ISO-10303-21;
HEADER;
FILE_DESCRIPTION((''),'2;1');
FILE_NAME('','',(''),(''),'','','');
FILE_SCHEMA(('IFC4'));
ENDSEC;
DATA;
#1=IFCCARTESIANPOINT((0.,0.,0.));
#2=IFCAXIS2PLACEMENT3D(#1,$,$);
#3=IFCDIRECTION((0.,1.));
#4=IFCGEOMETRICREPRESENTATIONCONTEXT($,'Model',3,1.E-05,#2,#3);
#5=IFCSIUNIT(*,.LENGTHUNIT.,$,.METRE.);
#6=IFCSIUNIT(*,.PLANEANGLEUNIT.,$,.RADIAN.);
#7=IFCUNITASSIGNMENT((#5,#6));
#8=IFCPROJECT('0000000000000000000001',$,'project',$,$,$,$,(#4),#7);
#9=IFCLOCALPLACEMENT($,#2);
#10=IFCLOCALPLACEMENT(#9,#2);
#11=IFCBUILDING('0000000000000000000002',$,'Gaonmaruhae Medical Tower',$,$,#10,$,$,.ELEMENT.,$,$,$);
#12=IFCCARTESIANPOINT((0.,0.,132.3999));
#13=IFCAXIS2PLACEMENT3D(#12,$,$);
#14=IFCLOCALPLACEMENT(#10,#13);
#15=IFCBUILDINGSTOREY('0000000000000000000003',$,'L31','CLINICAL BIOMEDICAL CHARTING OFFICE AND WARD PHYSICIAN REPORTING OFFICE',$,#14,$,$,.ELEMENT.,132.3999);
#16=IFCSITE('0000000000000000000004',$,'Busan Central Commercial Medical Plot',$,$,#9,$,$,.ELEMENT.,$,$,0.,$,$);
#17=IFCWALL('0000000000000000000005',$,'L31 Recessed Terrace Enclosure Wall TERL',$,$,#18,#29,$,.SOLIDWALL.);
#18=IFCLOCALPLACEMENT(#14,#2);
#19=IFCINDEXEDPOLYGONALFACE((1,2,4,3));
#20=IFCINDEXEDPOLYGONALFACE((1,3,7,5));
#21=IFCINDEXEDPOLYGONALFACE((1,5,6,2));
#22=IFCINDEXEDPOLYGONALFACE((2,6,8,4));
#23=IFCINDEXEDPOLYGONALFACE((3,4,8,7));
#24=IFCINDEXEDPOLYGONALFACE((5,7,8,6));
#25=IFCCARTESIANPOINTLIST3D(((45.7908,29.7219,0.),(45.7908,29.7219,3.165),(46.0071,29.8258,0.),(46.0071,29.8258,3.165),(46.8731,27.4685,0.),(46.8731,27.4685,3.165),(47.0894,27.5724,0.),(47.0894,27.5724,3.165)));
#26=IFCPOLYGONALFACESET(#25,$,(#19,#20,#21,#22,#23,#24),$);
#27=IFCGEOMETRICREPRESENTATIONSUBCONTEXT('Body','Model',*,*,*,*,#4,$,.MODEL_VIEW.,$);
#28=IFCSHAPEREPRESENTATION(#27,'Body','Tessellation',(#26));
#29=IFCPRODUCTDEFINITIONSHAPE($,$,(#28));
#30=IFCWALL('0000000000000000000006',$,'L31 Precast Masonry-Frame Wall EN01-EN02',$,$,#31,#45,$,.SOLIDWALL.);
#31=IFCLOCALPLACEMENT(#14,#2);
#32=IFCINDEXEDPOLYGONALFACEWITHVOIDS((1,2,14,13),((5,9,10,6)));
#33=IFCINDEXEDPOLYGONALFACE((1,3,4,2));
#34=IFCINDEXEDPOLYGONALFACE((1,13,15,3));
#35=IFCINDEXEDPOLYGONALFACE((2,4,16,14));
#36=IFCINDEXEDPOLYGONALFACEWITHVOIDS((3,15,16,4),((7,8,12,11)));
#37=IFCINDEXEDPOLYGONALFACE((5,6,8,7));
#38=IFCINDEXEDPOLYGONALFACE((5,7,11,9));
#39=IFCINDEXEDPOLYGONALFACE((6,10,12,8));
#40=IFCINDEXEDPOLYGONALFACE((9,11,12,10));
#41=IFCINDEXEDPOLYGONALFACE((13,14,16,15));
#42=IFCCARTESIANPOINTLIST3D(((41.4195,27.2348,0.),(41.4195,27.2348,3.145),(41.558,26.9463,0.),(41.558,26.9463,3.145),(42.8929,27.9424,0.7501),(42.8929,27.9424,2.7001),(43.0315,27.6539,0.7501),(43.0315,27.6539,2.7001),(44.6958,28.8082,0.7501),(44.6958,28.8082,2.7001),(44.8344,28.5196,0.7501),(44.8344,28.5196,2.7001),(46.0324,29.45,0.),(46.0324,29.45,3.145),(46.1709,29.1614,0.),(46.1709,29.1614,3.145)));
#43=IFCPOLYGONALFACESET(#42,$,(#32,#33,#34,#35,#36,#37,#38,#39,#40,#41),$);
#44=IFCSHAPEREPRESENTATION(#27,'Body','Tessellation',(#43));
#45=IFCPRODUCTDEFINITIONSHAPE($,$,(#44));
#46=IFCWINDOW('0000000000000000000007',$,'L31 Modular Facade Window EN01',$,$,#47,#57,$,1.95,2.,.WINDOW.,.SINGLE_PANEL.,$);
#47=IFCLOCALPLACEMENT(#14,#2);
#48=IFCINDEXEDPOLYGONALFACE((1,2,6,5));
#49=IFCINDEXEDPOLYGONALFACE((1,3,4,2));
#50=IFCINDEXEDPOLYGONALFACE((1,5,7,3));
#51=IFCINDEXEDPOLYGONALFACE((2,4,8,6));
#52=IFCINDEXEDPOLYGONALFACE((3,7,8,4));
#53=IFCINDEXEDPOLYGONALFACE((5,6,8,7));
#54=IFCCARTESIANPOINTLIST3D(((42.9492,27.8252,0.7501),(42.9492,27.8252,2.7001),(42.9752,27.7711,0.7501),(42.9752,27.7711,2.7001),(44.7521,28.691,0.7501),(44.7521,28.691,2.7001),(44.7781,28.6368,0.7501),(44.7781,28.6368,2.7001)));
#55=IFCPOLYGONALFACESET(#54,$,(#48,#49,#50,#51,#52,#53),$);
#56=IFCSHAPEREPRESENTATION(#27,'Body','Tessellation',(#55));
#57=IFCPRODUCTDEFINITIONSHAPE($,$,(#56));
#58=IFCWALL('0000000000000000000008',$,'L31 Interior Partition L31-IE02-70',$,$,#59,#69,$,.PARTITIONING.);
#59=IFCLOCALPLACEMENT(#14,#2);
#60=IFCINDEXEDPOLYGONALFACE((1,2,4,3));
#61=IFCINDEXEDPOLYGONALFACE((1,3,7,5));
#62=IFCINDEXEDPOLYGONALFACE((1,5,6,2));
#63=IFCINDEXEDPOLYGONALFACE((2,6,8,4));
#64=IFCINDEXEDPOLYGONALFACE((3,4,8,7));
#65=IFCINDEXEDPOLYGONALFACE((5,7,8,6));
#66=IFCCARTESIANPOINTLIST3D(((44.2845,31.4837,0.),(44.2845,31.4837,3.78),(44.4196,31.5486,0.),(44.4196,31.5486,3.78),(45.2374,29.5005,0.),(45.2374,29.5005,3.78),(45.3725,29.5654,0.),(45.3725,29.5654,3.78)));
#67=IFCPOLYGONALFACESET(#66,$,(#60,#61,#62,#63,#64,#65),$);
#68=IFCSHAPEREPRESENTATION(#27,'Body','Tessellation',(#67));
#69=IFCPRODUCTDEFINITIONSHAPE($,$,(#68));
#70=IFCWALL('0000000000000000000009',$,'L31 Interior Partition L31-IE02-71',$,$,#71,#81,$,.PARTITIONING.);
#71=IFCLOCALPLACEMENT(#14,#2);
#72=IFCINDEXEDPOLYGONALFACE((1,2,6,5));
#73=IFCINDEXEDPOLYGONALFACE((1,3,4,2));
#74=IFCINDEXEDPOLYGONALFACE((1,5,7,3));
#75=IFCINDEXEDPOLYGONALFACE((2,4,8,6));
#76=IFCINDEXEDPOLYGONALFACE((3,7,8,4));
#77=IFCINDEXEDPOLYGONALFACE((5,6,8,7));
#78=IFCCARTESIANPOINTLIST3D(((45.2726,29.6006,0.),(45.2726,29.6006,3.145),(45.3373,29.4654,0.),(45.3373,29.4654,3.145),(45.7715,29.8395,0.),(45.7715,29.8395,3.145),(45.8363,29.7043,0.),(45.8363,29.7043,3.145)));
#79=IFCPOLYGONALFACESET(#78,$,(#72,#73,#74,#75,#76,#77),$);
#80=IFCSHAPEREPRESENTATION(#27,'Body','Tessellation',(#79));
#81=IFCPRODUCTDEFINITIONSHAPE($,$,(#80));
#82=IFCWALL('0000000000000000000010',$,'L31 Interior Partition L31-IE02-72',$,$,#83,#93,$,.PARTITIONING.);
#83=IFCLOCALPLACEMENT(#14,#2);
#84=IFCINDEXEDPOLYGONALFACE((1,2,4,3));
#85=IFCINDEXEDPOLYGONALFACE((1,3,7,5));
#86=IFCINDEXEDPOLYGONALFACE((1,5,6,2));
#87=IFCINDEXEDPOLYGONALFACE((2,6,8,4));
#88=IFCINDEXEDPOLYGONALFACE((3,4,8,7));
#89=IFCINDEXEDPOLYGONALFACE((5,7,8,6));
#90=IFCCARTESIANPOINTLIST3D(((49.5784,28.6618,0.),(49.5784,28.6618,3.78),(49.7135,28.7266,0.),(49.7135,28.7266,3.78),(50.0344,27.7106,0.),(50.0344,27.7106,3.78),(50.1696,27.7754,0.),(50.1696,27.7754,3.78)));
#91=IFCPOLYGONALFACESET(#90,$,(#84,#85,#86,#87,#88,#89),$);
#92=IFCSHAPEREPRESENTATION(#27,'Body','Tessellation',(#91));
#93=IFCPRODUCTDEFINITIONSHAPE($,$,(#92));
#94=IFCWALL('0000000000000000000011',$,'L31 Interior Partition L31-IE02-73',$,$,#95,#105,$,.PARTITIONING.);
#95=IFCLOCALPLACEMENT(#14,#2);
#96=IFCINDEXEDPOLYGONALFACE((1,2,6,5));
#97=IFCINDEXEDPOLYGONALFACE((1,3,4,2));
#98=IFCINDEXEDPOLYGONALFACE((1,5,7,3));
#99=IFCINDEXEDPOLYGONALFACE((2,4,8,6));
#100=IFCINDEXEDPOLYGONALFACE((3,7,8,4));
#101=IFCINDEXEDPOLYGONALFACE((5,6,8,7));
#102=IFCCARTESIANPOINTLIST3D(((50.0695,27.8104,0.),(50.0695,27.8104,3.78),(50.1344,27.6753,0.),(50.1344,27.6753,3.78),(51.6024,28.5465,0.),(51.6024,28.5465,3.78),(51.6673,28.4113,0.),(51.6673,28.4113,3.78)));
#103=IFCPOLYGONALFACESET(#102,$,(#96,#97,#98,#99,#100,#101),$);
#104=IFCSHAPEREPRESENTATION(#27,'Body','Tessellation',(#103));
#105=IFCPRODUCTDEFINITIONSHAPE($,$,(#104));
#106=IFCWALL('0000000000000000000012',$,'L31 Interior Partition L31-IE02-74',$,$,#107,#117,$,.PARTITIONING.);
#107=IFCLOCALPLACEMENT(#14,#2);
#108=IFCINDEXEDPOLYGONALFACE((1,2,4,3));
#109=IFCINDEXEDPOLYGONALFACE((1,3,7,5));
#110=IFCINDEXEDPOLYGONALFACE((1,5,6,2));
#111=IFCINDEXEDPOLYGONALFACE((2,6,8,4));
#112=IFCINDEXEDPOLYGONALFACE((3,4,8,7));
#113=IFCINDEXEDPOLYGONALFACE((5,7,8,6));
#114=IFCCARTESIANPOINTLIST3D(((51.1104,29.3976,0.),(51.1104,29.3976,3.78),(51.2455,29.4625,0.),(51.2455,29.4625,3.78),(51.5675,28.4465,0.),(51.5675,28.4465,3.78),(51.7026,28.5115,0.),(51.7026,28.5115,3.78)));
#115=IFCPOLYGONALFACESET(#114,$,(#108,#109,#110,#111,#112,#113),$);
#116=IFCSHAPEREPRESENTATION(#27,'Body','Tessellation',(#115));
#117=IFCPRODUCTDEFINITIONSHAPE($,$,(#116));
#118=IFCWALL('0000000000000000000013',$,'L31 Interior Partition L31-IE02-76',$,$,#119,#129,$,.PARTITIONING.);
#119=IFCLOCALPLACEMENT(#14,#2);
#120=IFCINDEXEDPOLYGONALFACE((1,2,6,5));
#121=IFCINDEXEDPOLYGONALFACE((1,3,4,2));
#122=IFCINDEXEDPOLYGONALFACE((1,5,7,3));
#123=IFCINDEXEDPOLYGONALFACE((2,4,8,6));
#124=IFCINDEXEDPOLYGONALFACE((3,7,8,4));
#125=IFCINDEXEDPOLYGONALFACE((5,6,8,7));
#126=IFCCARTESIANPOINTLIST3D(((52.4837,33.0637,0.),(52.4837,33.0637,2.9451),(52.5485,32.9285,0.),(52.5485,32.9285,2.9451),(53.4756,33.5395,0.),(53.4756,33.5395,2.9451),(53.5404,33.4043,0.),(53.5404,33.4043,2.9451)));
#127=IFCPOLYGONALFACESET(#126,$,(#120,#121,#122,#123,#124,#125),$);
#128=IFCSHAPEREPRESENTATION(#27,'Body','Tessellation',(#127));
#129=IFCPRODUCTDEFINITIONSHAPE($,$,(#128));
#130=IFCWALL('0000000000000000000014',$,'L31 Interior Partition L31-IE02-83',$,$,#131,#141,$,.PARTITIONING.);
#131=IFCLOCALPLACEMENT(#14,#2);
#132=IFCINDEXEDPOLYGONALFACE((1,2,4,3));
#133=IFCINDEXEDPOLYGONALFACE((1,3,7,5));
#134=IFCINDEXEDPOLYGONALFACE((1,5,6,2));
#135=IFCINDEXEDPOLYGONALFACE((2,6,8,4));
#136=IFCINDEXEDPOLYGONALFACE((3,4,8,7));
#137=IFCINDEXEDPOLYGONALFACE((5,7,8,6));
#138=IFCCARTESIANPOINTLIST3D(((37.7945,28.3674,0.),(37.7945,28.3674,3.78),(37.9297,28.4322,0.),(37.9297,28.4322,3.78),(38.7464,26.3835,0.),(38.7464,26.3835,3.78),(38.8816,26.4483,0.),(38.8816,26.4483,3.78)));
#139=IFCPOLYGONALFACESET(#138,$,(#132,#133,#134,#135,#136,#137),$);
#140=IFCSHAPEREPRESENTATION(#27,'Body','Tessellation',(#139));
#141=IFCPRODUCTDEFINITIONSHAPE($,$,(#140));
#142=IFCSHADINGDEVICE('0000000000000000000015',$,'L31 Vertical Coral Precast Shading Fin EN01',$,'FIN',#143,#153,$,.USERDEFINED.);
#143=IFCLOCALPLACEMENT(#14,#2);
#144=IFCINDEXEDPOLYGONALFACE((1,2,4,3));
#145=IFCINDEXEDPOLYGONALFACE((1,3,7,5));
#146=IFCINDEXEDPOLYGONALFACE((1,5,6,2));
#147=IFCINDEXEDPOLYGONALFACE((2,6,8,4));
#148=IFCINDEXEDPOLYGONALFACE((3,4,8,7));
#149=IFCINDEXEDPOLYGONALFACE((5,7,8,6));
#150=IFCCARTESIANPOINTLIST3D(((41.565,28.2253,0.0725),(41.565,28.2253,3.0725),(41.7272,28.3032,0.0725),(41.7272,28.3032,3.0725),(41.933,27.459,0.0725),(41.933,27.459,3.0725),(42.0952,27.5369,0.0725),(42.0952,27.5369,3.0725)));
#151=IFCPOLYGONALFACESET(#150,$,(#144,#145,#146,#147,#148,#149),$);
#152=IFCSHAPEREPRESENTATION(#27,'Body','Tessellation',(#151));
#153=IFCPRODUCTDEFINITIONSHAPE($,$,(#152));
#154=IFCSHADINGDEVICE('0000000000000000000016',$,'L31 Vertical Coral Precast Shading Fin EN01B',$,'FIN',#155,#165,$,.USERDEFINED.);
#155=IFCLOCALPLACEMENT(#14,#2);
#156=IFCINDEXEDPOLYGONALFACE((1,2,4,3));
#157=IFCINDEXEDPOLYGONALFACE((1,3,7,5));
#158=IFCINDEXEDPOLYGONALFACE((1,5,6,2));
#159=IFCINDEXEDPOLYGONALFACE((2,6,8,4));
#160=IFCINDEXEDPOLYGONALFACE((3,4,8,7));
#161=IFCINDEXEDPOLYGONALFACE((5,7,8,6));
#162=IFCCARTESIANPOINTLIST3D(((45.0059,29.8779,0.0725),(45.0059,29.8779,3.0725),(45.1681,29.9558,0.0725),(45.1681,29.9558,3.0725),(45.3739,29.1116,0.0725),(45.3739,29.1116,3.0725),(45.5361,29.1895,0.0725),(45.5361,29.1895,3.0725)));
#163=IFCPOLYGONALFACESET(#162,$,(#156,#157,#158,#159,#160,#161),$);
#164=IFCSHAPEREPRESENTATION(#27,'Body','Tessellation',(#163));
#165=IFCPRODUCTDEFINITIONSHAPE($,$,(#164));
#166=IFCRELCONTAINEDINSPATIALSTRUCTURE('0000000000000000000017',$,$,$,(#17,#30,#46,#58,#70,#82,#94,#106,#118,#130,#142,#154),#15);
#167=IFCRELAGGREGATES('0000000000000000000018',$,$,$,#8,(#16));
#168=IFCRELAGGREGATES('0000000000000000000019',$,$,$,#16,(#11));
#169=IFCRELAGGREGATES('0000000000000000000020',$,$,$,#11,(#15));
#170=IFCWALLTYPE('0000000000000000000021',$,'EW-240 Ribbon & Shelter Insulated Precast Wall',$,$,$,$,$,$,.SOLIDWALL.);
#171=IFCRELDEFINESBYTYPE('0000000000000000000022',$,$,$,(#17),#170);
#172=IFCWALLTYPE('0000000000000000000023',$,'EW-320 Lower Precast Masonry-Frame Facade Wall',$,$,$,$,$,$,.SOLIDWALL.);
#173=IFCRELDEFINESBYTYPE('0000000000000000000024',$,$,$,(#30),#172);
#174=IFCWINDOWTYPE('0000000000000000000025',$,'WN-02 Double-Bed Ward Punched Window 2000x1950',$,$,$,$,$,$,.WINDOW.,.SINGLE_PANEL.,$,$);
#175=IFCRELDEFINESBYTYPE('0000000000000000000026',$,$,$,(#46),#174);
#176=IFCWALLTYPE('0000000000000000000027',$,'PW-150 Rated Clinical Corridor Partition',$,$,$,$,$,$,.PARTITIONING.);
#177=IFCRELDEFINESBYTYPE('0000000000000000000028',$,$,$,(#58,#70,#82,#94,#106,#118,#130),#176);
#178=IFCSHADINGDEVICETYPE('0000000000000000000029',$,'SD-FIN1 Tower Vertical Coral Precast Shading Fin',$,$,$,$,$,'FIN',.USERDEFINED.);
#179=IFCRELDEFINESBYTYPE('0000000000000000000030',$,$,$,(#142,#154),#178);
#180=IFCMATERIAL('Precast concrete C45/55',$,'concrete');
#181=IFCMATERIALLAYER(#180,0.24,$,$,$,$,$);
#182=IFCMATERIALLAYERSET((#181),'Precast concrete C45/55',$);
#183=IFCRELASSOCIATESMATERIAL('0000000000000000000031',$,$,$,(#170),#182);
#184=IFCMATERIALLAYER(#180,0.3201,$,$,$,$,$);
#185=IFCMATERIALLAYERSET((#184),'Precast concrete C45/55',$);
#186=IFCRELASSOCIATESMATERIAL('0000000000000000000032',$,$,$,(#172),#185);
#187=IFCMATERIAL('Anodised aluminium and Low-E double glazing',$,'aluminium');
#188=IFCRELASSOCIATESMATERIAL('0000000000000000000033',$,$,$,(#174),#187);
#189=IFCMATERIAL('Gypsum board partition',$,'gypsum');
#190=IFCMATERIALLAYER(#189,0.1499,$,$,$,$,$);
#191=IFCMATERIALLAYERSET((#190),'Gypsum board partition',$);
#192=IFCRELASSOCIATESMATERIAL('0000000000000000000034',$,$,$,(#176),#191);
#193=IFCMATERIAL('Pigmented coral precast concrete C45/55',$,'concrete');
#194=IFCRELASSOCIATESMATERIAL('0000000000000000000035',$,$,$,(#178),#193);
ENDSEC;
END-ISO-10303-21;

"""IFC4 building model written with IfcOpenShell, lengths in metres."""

from ifc_helpers import new_model, si_unit, direction, frame, frame_2d, origin, origin_2d, place, context, subcontext, project, spatial, rectangle, extrude, material, layer, layer_set, type_object, element, fill, save


model = new_model("IFC4")

# Units and contexts
model_context = context("Model", 3, precision=1e-05, world=origin(), true_north=direction((0.0, 1.0)))
body_context = subcontext(model_context, "Body", "Model", "MODEL_VIEW")
ifc_project = project(units=[si_unit("LENGTHUNIT", "METRE"), si_unit("PLANEANGLEUNIT", "RADIAN")], contexts=[model_context])

# Site, building, storey
site_placement = place(None, origin())
site = spatial("IfcSite", under=ifc_project, at=site_placement, Name="Busan Central Commercial Medical Plot", CompositionType="ELEMENT", RefElevation=0.0)
building_placement = place(site_placement, origin())
building = spatial("IfcBuilding", under=site, at=building_placement, Name="Gaonmaruhae Medical Tower", CompositionType="ELEMENT")
storey_placement = place(building_placement, frame((0.0, 0.0, 132.3999)))
storey = spatial("IfcBuildingStorey", under=building, at=storey_placement, Name="L31", Description="CLINICAL BIOMEDICAL CHARTING OFFICE AND WARD PHYSICIAN REPORTING OFFICE", CompositionType="ELEMENT", Elevation=132.3999)

# Shared definitions
ifc_material_1 = material(Name="Precast concrete C45/55", Category="concrete")
ifc_layer_1 = layer(ifc_material_1, 0.24)
ifc_layer_set_1 = layer_set([ifc_layer_1], Name="Precast concrete C45/55")
wall_type_1 = type_object("IfcWallType", Name="EW-240 Ribbon & Shelter Insulated Precast Wall", PredefinedType="SOLIDWALL", material=ifc_layer_set_1)

# Wall
wall_1_placement = place(storey_placement, frame((45.8989, 29.7739, 0.0), z_axis=(0.0, 0.0, 1.0), x_axis=(0.432937, -0.901424, 0.0)))
element("IfcWall", 1, at=wall_1_placement, inside=storey, type_object=wall_type_1, Name="L31 Recessed Terrace Enclosure Wall TERL", PredefinedType="SOLIDWALL", context=body_context, shape_type="SweptSolid", body=[
    extrude(rectangle(XDim=2.4998, YDim=0.24, at=frame_2d((1.25, 0.0))), origin(), (0.0, 0.0, 1.0), 3.165),
])

# Wall, opening, window
ifc_layer_2 = layer(ifc_material_1, 0.3201)
ifc_layer_set_2 = layer_set([ifc_layer_2], Name="Precast concrete C45/55")
wall_type_2 = type_object("IfcWallType", Name="EW-320 Lower Precast Masonry-Frame Facade Wall", PredefinedType="SOLIDWALL", material=ifc_layer_set_2)
wall_2_placement = place(storey_placement, frame((41.4888, 27.0906, 0.0), z_axis=(0.0, 0.0, 1.0), x_axis=(0.901451, 0.432882, 0.0)))
wall_2 = element("IfcWall", 2, at=wall_2_placement, inside=storey, type_object=wall_type_2, Name="L31 Precast Masonry-Frame Wall EN01-EN02", PredefinedType="SOLIDWALL", context=body_context, shape_type="SweptSolid", body=[
    extrude(rectangle(XDim=5.1172, YDim=0.3201, at=frame_2d((2.5586, 0.0))), origin(), (0.0, 0.0, 1.0), 3.145),
])
opening_1_placement = place(wall_2_placement, frame((1.6345, 0.0, 0.75)))
opening_1 = element("IfcOpeningElement", 3, at=opening_1_placement, cuts=wall_2, PredefinedType="OPENING", context=body_context, shape_type="SweptSolid", body=[
    extrude(rectangle(XDim=2.0, YDim=1.95, at=frame_2d((1.0, 0.9751))), frame((0.0, 0.1699, 0.0), z_axis=(0.0, -1.0, 0.0), x_axis=(1.0, 0.0, 0.0)), (0.0, 0.0, 1.0), 0.3401),
])
ifc_material_2 = material(Name="Anodised aluminium and Low-E double glazing", Category="aluminium")
window_type = type_object("IfcWindowType", Name="WN-02 Double-Bed Ward Punched Window 2000x1950", PartitioningType="SINGLE_PANEL", PredefinedType="WINDOW", material=ifc_material_2)
window_placement = place(opening_1_placement, origin())
window = element("IfcWindow", 4, at=window_placement, inside=storey, type_object=window_type, Name="L31 Modular Facade Window EN01", OverallHeight=1.95, OverallWidth=2.0, PartitioningType="SINGLE_PANEL", PredefinedType="WINDOW", context=body_context, shape_type="SweptSolid", body=[
    extrude(rectangle(XDim=2.0, YDim=1.95, at=frame_2d((1.0, 0.9751))), frame((0.0, 0.03, 0.0), z_axis=(0.0, -1.0, 0.0), x_axis=(1.0, 0.0, 0.0)), (0.0, 0.0, 1.0), 0.0601),
])
fill(opening_1, window)

# Walls
ifc_material_3 = material(Name="Gypsum board partition", Category="gypsum")
ifc_layer_3 = layer(ifc_material_3, 0.1499)
ifc_layer_set_3 = layer_set([ifc_layer_3], Name="Gypsum board partition")
wall_type_3 = type_object("IfcWallType", Name="PW-150 Rated Clinical Corridor Partition", PredefinedType="PARTITIONING", material=ifc_layer_set_3)
wall_3_placement = place(storey_placement, frame((44.3521, 31.5161, 0.0), z_axis=(0.0, 0.0, 1.0), x_axis=(0.433088, -0.901352, 0.0)))
element("IfcWall", 5, at=wall_3_placement, inside=storey, type_object=wall_type_3, Name="L31 Interior Partition L31-IE02-70", PredefinedType="PARTITIONING", context=body_context, shape_type="SweptSolid", body=[
    extrude(rectangle(XDim=2.2002, YDim=0.1499, at=frame_2d((1.1001, 0.0))), origin(), (0.0, 0.0, 1.0), 3.78),
])
wall_4_placement = place(storey_placement, frame((45.3049, 29.533, 0.0), z_axis=(0.0, 0.0, 1.0), x_axis=(0.901888, 0.431971, 0.0)))
element("IfcWall", 6, at=wall_4_placement, inside=storey, type_object=wall_type_3, Name="L31 Interior Partition L31-IE02-71", PredefinedType="PARTITIONING", context=body_context, shape_type="SweptSolid", body=[
    extrude(rectangle(XDim=0.5532, YDim=0.1499, at=frame_2d((0.2766, 0.0))), origin(), (0.0, 0.0, 1.0), 3.145),
])
wall_5_placement = place(storey_placement, frame((49.646, 28.6941, 0.0), z_axis=(0.0, 0.0, 1.0), x_axis=(0.43234, -0.901711, 0.0)))
element("IfcWall", 7, at=wall_5_placement, inside=storey, type_object=wall_type_3, Name="L31 Interior Partition L31-IE02-72", PredefinedType="PARTITIONING", context=body_context, shape_type="SweptSolid", body=[
    extrude(rectangle(XDim=1.0549, YDim=0.1499, at=frame_2d((0.5273, 0.0))), origin(), (0.0, 0.0, 1.0), 3.78),
])
wall_6_placement = place(storey_placement, frame((50.1021, 27.7429, 0.0), z_axis=(0.0, 0.0, 1.0), x_axis=(0.901463, 0.432857, 0.0)))
element("IfcWall", 8, at=wall_6_placement, inside=storey, type_object=wall_type_3, Name="L31 Interior Partition L31-IE02-73", PredefinedType="PARTITIONING", context=body_context, shape_type="SweptSolid", body=[
    extrude(rectangle(XDim=1.7004, YDim=0.1499, at=frame_2d((0.8501, 0.0))), origin(), (0.0, 0.0, 1.0), 3.78),
])
wall_7_placement = place(storey_placement, frame((51.635, 28.479, 0.0), z_axis=(0.0, 0.0, 1.0), x_axis=(-0.433182, 0.901306, 0.0)))
element("IfcWall", 9, at=wall_7_placement, inside=storey, type_object=wall_type_3, Name="L31 Interior Partition L31-IE02-74", PredefinedType="PARTITIONING", context=body_context, shape_type="SweptSolid", body=[
    extrude(rectangle(XDim=1.0552, YDim=0.1499, at=frame_2d((0.5276, 0.0))), origin(), (0.0, 0.0, 1.0), 3.78),
])
wall_8_placement = place(storey_placement, frame((52.5161, 32.9961, 0.0), z_axis=(0.0, 0.0, 1.0), x_axis=(0.90163, 0.432507, 0.0)))
element("IfcWall", 10, at=wall_8_placement, inside=storey, type_object=wall_type_3, Name="L31 Interior Partition L31-IE02-76", PredefinedType="PARTITIONING", context=body_context, shape_type="SweptSolid", body=[
    extrude(rectangle(XDim=1.1001, YDim=0.1499, at=frame_2d((0.55, 0.0))), origin(), (0.0, 0.0, 1.0), 2.9451),
])
wall_9_placement = place(storey_placement, frame((38.814, 26.416, 0.0), z_axis=(0.0, 0.0, 1.0), x_axis=(-0.432598, 0.901587, 0.0)))
element("IfcWall", 11, at=wall_9_placement, inside=storey, type_object=wall_type_3, Name="L31 Interior Partition L31-IE02-83", PredefinedType="PARTITIONING", context=body_context, shape_type="SweptSolid", body=[
    extrude(rectangle(XDim=2.2004, YDim=0.1499, at=frame_2d((1.1001, 0.0))), origin(), (0.0, 0.0, 1.0), 3.78),
])

# Shading devices
ifc_material_4 = material(Name="Pigmented coral precast concrete C45/55", Category="concrete")
shading_device_type = type_object("IfcShadingDeviceType", Name="SD-FIN1 Tower Vertical Coral Precast Shading Fin", ElementType="FIN", PredefinedType="USERDEFINED", material=ifc_material_4)
for number, where, z_axis, x_axis, name in (
    (12, (41.8301, 27.8811, 0.0725), (0.0, 0.0, 1.0), (0.901455, 0.432873, 0.0), "L31 Vertical Coral Precast Shading Fin EN01"),
    (13, (45.271, 29.5337, 0.0725), (0.0, 0.0, 1.0), (0.901455, 0.432873, 0.0), "L31 Vertical Coral Precast Shading Fin EN01B"),
):
    element("IfcShadingDevice", number, at=place(storey_placement, frame(where, z_axis=z_axis, x_axis=x_axis)), inside=storey, type_object=shading_device_type, Name=name, ObjectType="FIN", PredefinedType="USERDEFINED", context=body_context, shape_type="SweptSolid", body=[
        extrude(rectangle(XDim=0.1799, YDim=0.8501, at=origin_2d()), origin(), (0.0, 0.0, 1.0), 3.0),
    ])

save(model, "model.ifc")
